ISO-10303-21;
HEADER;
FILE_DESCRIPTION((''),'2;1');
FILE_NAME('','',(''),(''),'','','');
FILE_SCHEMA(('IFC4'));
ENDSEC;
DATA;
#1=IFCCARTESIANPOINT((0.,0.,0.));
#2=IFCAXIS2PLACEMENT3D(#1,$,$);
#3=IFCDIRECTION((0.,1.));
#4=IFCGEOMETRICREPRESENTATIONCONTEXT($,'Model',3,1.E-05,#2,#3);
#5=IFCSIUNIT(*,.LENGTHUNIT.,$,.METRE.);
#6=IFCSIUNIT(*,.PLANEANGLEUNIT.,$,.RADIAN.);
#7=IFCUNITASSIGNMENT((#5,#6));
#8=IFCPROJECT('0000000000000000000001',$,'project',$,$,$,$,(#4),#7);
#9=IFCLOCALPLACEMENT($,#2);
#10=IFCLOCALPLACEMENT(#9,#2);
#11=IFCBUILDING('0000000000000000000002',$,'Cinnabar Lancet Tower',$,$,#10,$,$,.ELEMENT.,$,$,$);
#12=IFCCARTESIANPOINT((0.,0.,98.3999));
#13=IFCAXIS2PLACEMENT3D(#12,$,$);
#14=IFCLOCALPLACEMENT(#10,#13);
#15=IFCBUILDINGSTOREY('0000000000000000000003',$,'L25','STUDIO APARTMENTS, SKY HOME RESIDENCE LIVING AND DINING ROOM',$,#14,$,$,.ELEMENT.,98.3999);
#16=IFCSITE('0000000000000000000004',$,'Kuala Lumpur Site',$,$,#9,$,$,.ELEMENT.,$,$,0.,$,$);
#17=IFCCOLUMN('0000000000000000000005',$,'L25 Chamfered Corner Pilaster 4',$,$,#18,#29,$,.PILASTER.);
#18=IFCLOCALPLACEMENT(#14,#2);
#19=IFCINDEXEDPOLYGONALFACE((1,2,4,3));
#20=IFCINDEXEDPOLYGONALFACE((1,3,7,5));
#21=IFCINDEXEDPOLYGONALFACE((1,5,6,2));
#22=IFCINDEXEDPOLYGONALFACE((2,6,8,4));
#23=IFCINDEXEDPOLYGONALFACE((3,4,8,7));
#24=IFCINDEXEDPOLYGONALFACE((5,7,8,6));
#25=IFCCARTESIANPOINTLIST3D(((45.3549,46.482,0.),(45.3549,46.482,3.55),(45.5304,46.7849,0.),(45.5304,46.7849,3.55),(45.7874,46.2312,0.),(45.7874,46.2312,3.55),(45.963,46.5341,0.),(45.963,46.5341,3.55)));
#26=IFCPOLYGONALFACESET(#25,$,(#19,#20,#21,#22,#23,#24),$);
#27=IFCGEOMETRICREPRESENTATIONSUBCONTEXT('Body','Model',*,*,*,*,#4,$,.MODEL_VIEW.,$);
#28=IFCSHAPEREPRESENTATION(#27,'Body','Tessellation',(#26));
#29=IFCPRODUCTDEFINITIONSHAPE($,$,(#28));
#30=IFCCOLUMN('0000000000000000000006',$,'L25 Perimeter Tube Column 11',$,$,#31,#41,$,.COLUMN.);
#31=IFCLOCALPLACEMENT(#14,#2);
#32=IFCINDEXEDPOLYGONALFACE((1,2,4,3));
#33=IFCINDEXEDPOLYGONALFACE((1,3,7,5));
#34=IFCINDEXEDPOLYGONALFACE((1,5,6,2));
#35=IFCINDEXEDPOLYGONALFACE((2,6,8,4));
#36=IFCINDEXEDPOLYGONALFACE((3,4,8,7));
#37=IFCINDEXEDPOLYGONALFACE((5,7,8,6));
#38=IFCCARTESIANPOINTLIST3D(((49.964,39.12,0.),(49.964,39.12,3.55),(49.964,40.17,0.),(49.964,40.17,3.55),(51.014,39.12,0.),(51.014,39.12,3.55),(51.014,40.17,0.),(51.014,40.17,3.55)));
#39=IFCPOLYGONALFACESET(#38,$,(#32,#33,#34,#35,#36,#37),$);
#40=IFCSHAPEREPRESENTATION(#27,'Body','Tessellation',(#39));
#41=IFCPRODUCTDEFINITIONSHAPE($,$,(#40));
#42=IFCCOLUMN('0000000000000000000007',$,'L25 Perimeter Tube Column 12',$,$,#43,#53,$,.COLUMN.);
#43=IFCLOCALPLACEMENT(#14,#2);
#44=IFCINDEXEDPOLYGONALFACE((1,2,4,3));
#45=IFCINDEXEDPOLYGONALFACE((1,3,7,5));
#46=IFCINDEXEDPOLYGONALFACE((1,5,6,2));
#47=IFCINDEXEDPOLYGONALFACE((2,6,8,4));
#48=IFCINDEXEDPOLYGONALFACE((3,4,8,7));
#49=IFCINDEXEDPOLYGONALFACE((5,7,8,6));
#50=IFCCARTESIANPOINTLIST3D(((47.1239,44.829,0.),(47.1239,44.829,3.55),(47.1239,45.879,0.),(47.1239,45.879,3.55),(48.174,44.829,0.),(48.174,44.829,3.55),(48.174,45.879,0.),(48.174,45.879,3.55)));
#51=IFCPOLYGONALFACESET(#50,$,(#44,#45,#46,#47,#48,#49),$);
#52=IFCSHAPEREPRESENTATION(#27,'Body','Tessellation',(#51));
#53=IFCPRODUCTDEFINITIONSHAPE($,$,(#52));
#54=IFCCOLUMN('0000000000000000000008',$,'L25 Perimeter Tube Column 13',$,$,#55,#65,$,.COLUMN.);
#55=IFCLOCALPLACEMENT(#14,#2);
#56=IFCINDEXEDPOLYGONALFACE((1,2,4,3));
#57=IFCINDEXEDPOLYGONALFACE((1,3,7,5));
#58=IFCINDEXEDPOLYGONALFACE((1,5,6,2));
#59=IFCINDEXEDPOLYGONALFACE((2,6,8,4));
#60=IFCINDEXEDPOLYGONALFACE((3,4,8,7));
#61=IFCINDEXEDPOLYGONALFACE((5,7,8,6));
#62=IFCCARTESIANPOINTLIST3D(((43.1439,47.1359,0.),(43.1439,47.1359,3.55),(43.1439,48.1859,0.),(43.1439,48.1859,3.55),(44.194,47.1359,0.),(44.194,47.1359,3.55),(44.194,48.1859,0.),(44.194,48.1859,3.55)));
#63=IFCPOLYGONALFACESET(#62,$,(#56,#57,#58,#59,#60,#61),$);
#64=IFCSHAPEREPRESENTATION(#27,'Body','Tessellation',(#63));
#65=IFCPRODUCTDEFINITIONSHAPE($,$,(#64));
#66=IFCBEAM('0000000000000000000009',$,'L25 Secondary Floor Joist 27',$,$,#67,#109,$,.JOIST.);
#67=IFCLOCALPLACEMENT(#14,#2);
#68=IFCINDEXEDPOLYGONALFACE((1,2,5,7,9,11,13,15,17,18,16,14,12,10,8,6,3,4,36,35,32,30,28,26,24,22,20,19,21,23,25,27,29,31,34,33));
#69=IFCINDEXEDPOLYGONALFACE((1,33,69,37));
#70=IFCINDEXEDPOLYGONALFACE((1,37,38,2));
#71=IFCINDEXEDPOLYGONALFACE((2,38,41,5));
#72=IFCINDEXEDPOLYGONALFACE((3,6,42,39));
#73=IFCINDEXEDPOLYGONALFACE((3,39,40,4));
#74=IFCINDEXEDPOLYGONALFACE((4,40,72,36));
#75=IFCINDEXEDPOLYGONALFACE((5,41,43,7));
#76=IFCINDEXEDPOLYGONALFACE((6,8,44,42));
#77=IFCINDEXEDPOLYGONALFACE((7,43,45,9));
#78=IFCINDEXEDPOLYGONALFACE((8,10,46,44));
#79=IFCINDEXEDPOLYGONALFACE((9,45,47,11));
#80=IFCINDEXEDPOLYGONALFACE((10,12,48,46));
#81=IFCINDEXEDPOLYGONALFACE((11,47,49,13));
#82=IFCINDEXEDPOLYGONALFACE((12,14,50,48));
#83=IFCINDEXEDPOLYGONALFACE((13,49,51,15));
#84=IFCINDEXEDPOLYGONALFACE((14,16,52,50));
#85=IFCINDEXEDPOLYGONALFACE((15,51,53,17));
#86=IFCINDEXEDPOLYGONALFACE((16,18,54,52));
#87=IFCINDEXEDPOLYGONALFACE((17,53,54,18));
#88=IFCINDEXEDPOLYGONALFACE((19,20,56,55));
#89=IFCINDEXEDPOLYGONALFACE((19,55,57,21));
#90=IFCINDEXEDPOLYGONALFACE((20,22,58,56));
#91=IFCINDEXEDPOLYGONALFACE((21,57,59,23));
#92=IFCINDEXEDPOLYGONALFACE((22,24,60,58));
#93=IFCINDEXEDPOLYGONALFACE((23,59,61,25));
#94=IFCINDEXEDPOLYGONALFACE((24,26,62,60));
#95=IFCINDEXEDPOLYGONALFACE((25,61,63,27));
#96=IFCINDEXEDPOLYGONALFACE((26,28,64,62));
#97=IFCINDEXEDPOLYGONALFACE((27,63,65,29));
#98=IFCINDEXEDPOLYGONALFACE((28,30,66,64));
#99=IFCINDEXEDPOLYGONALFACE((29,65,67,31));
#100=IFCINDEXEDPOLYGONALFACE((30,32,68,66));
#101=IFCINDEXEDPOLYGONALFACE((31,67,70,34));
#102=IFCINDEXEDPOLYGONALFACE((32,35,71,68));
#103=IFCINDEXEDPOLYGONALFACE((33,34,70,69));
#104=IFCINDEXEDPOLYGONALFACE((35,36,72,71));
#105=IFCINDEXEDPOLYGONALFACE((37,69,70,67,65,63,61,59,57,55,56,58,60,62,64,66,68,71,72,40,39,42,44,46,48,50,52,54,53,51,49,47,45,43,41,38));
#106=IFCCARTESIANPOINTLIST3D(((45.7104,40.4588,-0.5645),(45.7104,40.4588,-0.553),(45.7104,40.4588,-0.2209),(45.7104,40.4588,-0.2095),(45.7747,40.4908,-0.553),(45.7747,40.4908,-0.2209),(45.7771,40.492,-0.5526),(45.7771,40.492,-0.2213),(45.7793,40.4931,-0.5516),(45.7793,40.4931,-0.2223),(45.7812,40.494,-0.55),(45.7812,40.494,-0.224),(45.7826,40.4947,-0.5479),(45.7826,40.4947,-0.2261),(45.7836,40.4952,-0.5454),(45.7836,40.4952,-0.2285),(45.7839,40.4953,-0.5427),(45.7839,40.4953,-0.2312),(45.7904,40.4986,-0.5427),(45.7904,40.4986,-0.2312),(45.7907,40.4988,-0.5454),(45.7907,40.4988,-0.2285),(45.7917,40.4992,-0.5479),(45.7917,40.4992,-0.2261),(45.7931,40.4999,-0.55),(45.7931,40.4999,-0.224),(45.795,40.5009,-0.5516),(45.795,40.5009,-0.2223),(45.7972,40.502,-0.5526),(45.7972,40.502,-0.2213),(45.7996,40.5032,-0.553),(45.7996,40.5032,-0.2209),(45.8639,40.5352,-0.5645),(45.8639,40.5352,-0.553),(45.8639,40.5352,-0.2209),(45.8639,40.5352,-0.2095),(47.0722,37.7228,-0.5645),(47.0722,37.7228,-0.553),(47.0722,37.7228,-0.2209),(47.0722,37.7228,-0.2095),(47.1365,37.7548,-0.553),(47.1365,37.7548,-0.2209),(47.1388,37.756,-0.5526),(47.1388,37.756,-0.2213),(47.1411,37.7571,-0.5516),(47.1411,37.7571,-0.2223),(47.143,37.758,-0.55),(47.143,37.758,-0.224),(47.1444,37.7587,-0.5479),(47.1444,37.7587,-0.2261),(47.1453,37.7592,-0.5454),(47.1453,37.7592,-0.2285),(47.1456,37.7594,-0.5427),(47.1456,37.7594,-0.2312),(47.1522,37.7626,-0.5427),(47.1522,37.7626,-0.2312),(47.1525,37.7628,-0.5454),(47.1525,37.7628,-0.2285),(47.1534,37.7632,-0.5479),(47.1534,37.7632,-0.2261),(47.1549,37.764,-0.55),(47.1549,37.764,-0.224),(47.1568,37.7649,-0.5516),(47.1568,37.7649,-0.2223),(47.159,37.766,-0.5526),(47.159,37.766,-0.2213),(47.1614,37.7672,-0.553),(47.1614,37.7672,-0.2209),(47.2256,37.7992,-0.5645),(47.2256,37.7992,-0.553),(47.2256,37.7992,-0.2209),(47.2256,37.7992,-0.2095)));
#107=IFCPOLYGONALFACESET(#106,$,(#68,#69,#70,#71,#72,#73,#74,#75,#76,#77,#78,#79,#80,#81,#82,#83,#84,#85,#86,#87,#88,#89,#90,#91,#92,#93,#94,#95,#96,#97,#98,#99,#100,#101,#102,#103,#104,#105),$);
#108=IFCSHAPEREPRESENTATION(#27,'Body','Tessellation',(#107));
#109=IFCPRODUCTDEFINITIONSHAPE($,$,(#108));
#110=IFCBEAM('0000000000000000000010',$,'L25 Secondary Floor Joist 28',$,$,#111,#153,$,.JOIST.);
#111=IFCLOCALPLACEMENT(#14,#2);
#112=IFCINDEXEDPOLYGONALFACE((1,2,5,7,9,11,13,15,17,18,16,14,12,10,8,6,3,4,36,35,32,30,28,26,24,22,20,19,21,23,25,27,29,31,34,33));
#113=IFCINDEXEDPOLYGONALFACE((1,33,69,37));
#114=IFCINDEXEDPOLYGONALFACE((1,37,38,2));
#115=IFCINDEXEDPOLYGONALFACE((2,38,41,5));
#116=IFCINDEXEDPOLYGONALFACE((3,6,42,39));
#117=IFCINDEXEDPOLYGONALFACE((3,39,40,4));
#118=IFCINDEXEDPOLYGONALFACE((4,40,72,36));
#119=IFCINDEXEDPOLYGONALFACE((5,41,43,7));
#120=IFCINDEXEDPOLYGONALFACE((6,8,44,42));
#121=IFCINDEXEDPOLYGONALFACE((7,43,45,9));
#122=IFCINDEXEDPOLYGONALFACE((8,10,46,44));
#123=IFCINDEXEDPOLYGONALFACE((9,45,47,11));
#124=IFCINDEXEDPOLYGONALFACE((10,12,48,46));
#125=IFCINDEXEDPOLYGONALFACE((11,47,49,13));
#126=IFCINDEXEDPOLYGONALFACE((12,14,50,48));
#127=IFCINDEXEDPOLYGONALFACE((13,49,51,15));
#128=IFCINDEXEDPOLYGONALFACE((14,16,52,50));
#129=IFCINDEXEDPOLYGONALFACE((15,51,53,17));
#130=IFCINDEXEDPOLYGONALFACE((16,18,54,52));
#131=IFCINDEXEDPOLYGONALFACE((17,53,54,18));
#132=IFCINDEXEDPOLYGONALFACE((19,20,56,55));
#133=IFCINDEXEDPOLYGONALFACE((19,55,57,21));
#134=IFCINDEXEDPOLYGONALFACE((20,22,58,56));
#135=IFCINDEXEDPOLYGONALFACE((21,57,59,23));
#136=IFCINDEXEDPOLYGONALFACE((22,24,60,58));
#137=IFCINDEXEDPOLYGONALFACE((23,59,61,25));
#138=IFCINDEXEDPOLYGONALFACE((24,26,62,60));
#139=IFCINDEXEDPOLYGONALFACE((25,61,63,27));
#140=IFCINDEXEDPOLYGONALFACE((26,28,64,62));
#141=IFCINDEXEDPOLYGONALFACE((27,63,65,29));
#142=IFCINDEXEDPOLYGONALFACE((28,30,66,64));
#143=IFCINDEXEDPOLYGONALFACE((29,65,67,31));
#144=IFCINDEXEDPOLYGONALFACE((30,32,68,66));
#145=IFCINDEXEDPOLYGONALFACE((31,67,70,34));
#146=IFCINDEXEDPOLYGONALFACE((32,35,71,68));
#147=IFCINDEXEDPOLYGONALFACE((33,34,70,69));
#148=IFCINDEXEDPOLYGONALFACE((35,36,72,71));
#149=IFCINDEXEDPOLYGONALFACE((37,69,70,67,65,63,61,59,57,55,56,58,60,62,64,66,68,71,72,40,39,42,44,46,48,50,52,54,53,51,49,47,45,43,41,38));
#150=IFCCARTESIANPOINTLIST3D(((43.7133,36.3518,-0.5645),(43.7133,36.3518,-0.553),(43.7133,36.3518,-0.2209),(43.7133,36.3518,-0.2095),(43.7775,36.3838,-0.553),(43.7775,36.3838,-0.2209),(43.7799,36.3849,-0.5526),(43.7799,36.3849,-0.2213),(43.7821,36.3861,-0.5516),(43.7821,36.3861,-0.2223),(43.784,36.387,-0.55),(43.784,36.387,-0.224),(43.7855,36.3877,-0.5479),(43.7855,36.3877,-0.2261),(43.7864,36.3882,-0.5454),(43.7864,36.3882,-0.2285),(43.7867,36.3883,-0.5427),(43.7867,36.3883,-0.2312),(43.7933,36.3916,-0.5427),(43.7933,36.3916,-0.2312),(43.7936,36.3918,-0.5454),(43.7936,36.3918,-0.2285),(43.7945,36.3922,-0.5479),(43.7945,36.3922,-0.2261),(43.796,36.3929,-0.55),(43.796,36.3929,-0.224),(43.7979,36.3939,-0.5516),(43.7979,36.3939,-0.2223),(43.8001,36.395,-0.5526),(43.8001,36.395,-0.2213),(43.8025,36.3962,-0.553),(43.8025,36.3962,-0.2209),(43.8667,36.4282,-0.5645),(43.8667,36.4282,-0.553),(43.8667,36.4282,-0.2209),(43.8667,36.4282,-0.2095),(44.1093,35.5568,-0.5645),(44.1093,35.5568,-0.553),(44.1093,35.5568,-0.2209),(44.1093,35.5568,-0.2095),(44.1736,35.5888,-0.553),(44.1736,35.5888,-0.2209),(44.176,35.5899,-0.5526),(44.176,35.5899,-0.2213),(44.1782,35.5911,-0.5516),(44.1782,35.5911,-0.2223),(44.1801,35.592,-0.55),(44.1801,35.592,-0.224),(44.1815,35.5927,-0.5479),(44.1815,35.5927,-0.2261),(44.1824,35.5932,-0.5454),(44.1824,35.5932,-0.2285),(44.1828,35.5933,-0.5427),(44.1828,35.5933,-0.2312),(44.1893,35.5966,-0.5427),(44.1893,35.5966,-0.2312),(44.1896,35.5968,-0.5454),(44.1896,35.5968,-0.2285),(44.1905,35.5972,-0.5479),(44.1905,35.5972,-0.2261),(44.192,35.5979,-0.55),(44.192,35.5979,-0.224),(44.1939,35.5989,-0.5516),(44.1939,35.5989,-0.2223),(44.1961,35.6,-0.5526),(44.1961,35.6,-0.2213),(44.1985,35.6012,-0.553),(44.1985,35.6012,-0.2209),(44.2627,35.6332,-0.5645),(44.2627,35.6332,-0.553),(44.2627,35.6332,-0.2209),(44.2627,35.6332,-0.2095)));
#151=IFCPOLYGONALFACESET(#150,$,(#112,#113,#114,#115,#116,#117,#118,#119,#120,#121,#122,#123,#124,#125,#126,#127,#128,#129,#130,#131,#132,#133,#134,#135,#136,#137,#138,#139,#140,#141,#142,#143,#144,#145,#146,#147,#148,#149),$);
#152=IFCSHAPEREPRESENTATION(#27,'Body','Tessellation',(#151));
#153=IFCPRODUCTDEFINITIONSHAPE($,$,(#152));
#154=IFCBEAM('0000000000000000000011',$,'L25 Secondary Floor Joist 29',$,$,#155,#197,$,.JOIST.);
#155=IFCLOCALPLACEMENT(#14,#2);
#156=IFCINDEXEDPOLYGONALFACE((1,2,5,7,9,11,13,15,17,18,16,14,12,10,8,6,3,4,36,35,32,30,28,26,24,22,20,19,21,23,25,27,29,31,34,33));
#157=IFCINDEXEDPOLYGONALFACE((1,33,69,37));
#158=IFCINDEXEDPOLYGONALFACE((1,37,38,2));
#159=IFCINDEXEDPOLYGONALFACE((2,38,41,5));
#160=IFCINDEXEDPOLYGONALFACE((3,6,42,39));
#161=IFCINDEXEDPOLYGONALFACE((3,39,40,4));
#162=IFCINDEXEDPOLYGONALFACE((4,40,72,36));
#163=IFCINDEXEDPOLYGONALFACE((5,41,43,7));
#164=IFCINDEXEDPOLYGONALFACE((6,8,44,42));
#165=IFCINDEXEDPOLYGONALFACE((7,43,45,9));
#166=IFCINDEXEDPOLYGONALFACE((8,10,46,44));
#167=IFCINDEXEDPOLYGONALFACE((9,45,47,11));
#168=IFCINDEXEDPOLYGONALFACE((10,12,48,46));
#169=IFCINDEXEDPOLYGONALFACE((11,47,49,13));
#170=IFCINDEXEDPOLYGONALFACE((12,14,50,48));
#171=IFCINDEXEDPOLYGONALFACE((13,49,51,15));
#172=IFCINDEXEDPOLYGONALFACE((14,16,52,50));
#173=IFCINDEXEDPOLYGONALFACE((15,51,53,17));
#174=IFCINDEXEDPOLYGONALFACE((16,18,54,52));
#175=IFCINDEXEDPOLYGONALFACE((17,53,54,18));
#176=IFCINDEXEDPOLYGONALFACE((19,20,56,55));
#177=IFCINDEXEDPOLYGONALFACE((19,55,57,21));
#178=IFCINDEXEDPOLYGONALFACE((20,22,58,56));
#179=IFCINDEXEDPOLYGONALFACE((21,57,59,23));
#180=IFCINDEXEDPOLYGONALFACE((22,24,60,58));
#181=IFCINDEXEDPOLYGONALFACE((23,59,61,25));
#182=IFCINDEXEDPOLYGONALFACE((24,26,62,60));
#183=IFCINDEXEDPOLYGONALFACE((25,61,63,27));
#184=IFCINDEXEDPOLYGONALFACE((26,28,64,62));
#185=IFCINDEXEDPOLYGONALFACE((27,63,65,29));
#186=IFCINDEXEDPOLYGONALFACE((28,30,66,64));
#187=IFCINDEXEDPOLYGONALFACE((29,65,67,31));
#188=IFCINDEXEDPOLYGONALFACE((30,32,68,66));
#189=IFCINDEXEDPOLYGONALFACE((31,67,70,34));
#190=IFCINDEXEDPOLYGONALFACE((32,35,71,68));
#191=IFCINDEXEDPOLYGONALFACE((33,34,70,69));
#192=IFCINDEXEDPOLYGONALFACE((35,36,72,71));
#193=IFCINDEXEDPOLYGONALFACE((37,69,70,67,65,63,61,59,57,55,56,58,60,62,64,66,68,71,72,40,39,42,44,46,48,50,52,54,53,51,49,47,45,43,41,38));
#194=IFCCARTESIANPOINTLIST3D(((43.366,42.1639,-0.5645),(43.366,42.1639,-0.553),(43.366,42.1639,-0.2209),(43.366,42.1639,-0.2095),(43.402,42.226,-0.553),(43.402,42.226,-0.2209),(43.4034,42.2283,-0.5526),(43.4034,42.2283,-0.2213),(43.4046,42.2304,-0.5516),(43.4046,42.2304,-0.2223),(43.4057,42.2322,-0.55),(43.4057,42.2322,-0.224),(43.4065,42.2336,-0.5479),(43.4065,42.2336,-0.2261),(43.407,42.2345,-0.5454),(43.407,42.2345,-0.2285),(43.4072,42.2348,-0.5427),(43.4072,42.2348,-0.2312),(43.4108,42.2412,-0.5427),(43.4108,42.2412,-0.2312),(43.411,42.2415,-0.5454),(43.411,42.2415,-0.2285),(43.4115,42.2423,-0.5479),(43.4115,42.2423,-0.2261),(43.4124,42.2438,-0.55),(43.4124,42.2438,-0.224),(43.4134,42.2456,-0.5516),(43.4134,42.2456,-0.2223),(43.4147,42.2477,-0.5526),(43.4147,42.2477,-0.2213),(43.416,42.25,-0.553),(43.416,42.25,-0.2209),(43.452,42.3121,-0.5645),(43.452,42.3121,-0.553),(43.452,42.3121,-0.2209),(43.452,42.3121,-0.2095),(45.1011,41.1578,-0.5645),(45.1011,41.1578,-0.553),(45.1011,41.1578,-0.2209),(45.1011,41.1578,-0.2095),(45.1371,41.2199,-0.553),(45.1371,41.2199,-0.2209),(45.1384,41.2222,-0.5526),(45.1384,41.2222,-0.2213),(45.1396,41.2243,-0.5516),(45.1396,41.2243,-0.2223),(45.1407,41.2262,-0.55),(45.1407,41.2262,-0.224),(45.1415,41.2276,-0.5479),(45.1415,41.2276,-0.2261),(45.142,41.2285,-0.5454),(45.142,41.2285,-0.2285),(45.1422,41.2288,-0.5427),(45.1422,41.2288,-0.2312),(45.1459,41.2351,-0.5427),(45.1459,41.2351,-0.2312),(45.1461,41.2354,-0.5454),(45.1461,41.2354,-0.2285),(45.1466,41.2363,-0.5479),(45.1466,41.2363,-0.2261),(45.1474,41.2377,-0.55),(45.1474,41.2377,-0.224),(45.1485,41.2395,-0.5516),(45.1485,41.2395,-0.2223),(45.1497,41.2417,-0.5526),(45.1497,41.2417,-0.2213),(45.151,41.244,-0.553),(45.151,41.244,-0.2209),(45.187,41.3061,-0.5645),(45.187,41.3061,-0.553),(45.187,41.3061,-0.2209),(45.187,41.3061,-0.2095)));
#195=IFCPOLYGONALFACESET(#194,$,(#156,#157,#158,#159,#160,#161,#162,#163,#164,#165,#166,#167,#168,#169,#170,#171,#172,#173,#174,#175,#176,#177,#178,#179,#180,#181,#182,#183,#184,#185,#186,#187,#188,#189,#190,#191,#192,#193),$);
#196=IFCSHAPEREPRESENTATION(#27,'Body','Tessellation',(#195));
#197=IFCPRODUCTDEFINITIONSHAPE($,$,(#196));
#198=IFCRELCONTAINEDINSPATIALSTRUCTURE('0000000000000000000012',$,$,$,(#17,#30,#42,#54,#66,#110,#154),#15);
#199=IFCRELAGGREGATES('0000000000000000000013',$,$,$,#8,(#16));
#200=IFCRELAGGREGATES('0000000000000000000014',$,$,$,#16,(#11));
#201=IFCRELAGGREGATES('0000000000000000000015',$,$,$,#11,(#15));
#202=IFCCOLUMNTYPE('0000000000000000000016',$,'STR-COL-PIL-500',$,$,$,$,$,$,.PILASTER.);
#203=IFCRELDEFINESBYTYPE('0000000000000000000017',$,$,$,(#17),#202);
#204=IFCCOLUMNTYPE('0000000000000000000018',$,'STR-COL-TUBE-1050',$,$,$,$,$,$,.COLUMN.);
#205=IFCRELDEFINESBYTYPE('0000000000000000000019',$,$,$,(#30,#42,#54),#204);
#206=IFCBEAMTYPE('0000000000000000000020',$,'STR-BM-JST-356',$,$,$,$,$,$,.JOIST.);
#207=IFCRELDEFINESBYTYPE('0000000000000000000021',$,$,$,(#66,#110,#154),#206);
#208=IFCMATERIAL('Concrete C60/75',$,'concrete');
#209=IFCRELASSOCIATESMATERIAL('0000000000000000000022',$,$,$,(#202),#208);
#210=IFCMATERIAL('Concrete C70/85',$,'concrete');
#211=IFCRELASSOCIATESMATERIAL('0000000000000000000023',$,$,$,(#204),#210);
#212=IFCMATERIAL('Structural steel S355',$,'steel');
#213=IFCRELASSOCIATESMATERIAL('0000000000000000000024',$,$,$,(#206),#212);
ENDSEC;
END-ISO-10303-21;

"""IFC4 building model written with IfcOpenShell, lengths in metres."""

from ifc_helpers import new_model, si_unit, direction, frame, origin, origin_2d, place, context, subcontext, project, spatial, rectangle, i_section, extrude, material, material_profile, profile_set, type_object, element, save


model = new_model("IFC4")

# Units and contexts
model_context = context("Model", 3, precision=1e-05, world=origin(), true_north=direction((0.0, 1.0)))
body_context = subcontext(model_context, "Body", "Model", "MODEL_VIEW")
ifc_project = project(units=[si_unit("LENGTHUNIT", "METRE"), si_unit("PLANEANGLEUNIT", "RADIAN")], contexts=[model_context])

# Site, building, storey
site_placement = place(None, origin())
site = spatial("IfcSite", under=ifc_project, at=site_placement, Name="Kuala Lumpur Site", CompositionType="ELEMENT", RefElevation=0.0)
building_placement = place(site_placement, origin())
building = spatial("IfcBuilding", under=site, at=building_placement, Name="Cinnabar Lancet Tower", CompositionType="ELEMENT")
storey_placement = place(building_placement, frame((0.0, 0.0, 98.3999)))
storey = spatial("IfcBuildingStorey", under=building, at=storey_placement, Name="L25", Description="STUDIO APARTMENTS, SKY HOME RESIDENCE LIVING AND DINING ROOM", CompositionType="ELEMENT", Elevation=98.3999)

# Columns
ifc_material_1 = material(Name="Concrete C60/75", Category="concrete")
ifc_material_profile_1 = material_profile(ifc_material_1, rectangle(XDim=0.5, YDim=0.3501, at=origin_2d()), Name="RC-PIL 500x350")
ifc_profile_set_1 = profile_set([ifc_material_profile_1], Name="Concrete C60/75")
column_type_1 = type_object("IfcColumnType", Name="STR-COL-PIL-500", PredefinedType="PILASTER", material=ifc_profile_set_1)
column_placement = place(storey_placement, frame((45.6589, 46.5081, 0.0), z_axis=(0.0, 0.0, 1.0), x_axis=(-0.86516, 0.501496, 0.0)))
element("IfcColumn", 1, at=column_placement, inside=storey, type_object=column_type_1, Name="L25 Chamfered Corner Pilaster 4", PredefinedType="PILASTER", context=body_context, shape_type="SweptSolid", body=[
    extrude(rectangle(XDim=0.5, YDim=0.3501, at=origin_2d()), origin(), (0.0, 0.0, 1.0), 3.55),
])
ifc_material_2 = material(Name="Concrete C70/85", Category="concrete")
ifc_material_profile_2 = material_profile(ifc_material_2, rectangle(XDim=1.05, YDim=1.05, at=origin_2d()), Name="RC-COL 1050x1050")
ifc_profile_set_2 = profile_set([ifc_material_profile_2], Name="Concrete C70/85")
column_type_2 = type_object("IfcColumnType", Name="STR-COL-TUBE-1050", PredefinedType="COLUMN", material=ifc_profile_set_2)
for number, where, z_axis, x_axis, name in (
    (2, (50.489, 39.645, 0.0), (0.0, 0.0, 1.0), (1.0, 0.0, 0.0), "L25 Perimeter Tube Column 11"),
    (3, (47.6489, 45.354, 0.0), (0.0, 0.0, 1.0), (1.0, 0.0, 0.0), "L25 Perimeter Tube Column 12"),
    (4, (43.6689, 47.6609, 0.0), (0.0, 0.0, 1.0), (1.0, 0.0, 0.0), "L25 Perimeter Tube Column 13"),
):
    element("IfcColumn", number, at=place(storey_placement, frame(where, z_axis=z_axis, x_axis=x_axis)), inside=storey, type_object=column_type_2, Name=name, PredefinedType="COLUMN", context=body_context, shape_type="SweptSolid", body=[
        extrude(rectangle(XDim=1.05, YDim=1.05, at=origin_2d()), origin(), (0.0, 0.0, 1.0), 3.55),
    ])

# Beams
ifc_material_3 = material(Name="Structural steel S355", Category="steel")
ifc_material_profile_3 = material_profile(ifc_material_3, i_section(OverallWidth=0.1714, OverallDepth=0.355, WebThickness=0.0073, FlangeThickness=0.0115, FilletRadius=0.0103, at=origin_2d()), Name="UKB 356x171x51")
ifc_profile_set_3 = profile_set([ifc_material_profile_3], Name="Structural steel S355")
beam_type_1 = type_object("IfcBeamType", Name="STR-BM-JST-356", PredefinedType="JOIST", material=ifc_profile_set_3)
beam_1_placement = place(storey_placement, frame((47.1489, 37.761, -0.387), z_axis=(-0.445583, 0.895241, 0.0), x_axis=(-0.895241, -0.445583, 0.0)))
element("IfcBeam", 5, at=beam_1_placement, inside=storey, type_object=beam_type_1, Name="L25 Secondary Floor Joist 27", PredefinedType="JOIST", context=body_context, shape_type="SweptSolid", body=[
    extrude(i_section(OverallWidth=0.1714, OverallDepth=0.355, WebThickness=0.0073, FlangeThickness=0.0115, FilletRadius=0.0103, at=origin_2d()), origin(), (0.0, 0.0, 1.0), 3.0562),
])
beam_2_placement = place(storey_placement, frame((44.186, 35.595, -0.387), z_axis=(-0.445894, 0.895086, 0.0), x_axis=(-0.895086, -0.445894, 0.0)))
element("IfcBeam", 6, at=beam_2_placement, inside=storey, type_object=beam_type_1, Name="L25 Secondary Floor Joist 28", PredefinedType="JOIST", context=body_context, shape_type="SweptSolid", body=[
    extrude(i_section(OverallWidth=0.1714, OverallDepth=0.355, WebThickness=0.0073, FlangeThickness=0.0115, FilletRadius=0.0103, at=origin_2d()), origin(), (0.0, 0.0, 1.0), 0.8882),
])
beam_3_placement = place(storey_placement, frame((45.144, 41.2319, -0.387), z_axis=(-0.865087, 0.501622, 0.0), x_axis=(-0.501622, -0.865087, 0.0)))
element("IfcBeam", 7, at=beam_3_placement, inside=storey, type_object=beam_type_1, Name="L25 Secondary Floor Joist 29", PredefinedType="JOIST", context=body_context, shape_type="SweptSolid", body=[
    extrude(i_section(OverallWidth=0.1714, OverallDepth=0.355, WebThickness=0.0073, FlangeThickness=0.0115, FilletRadius=0.0103, at=origin_2d()), origin(), (0.0, 0.0, 1.0), 2.0056),
])

save(model, "model.ifc")
